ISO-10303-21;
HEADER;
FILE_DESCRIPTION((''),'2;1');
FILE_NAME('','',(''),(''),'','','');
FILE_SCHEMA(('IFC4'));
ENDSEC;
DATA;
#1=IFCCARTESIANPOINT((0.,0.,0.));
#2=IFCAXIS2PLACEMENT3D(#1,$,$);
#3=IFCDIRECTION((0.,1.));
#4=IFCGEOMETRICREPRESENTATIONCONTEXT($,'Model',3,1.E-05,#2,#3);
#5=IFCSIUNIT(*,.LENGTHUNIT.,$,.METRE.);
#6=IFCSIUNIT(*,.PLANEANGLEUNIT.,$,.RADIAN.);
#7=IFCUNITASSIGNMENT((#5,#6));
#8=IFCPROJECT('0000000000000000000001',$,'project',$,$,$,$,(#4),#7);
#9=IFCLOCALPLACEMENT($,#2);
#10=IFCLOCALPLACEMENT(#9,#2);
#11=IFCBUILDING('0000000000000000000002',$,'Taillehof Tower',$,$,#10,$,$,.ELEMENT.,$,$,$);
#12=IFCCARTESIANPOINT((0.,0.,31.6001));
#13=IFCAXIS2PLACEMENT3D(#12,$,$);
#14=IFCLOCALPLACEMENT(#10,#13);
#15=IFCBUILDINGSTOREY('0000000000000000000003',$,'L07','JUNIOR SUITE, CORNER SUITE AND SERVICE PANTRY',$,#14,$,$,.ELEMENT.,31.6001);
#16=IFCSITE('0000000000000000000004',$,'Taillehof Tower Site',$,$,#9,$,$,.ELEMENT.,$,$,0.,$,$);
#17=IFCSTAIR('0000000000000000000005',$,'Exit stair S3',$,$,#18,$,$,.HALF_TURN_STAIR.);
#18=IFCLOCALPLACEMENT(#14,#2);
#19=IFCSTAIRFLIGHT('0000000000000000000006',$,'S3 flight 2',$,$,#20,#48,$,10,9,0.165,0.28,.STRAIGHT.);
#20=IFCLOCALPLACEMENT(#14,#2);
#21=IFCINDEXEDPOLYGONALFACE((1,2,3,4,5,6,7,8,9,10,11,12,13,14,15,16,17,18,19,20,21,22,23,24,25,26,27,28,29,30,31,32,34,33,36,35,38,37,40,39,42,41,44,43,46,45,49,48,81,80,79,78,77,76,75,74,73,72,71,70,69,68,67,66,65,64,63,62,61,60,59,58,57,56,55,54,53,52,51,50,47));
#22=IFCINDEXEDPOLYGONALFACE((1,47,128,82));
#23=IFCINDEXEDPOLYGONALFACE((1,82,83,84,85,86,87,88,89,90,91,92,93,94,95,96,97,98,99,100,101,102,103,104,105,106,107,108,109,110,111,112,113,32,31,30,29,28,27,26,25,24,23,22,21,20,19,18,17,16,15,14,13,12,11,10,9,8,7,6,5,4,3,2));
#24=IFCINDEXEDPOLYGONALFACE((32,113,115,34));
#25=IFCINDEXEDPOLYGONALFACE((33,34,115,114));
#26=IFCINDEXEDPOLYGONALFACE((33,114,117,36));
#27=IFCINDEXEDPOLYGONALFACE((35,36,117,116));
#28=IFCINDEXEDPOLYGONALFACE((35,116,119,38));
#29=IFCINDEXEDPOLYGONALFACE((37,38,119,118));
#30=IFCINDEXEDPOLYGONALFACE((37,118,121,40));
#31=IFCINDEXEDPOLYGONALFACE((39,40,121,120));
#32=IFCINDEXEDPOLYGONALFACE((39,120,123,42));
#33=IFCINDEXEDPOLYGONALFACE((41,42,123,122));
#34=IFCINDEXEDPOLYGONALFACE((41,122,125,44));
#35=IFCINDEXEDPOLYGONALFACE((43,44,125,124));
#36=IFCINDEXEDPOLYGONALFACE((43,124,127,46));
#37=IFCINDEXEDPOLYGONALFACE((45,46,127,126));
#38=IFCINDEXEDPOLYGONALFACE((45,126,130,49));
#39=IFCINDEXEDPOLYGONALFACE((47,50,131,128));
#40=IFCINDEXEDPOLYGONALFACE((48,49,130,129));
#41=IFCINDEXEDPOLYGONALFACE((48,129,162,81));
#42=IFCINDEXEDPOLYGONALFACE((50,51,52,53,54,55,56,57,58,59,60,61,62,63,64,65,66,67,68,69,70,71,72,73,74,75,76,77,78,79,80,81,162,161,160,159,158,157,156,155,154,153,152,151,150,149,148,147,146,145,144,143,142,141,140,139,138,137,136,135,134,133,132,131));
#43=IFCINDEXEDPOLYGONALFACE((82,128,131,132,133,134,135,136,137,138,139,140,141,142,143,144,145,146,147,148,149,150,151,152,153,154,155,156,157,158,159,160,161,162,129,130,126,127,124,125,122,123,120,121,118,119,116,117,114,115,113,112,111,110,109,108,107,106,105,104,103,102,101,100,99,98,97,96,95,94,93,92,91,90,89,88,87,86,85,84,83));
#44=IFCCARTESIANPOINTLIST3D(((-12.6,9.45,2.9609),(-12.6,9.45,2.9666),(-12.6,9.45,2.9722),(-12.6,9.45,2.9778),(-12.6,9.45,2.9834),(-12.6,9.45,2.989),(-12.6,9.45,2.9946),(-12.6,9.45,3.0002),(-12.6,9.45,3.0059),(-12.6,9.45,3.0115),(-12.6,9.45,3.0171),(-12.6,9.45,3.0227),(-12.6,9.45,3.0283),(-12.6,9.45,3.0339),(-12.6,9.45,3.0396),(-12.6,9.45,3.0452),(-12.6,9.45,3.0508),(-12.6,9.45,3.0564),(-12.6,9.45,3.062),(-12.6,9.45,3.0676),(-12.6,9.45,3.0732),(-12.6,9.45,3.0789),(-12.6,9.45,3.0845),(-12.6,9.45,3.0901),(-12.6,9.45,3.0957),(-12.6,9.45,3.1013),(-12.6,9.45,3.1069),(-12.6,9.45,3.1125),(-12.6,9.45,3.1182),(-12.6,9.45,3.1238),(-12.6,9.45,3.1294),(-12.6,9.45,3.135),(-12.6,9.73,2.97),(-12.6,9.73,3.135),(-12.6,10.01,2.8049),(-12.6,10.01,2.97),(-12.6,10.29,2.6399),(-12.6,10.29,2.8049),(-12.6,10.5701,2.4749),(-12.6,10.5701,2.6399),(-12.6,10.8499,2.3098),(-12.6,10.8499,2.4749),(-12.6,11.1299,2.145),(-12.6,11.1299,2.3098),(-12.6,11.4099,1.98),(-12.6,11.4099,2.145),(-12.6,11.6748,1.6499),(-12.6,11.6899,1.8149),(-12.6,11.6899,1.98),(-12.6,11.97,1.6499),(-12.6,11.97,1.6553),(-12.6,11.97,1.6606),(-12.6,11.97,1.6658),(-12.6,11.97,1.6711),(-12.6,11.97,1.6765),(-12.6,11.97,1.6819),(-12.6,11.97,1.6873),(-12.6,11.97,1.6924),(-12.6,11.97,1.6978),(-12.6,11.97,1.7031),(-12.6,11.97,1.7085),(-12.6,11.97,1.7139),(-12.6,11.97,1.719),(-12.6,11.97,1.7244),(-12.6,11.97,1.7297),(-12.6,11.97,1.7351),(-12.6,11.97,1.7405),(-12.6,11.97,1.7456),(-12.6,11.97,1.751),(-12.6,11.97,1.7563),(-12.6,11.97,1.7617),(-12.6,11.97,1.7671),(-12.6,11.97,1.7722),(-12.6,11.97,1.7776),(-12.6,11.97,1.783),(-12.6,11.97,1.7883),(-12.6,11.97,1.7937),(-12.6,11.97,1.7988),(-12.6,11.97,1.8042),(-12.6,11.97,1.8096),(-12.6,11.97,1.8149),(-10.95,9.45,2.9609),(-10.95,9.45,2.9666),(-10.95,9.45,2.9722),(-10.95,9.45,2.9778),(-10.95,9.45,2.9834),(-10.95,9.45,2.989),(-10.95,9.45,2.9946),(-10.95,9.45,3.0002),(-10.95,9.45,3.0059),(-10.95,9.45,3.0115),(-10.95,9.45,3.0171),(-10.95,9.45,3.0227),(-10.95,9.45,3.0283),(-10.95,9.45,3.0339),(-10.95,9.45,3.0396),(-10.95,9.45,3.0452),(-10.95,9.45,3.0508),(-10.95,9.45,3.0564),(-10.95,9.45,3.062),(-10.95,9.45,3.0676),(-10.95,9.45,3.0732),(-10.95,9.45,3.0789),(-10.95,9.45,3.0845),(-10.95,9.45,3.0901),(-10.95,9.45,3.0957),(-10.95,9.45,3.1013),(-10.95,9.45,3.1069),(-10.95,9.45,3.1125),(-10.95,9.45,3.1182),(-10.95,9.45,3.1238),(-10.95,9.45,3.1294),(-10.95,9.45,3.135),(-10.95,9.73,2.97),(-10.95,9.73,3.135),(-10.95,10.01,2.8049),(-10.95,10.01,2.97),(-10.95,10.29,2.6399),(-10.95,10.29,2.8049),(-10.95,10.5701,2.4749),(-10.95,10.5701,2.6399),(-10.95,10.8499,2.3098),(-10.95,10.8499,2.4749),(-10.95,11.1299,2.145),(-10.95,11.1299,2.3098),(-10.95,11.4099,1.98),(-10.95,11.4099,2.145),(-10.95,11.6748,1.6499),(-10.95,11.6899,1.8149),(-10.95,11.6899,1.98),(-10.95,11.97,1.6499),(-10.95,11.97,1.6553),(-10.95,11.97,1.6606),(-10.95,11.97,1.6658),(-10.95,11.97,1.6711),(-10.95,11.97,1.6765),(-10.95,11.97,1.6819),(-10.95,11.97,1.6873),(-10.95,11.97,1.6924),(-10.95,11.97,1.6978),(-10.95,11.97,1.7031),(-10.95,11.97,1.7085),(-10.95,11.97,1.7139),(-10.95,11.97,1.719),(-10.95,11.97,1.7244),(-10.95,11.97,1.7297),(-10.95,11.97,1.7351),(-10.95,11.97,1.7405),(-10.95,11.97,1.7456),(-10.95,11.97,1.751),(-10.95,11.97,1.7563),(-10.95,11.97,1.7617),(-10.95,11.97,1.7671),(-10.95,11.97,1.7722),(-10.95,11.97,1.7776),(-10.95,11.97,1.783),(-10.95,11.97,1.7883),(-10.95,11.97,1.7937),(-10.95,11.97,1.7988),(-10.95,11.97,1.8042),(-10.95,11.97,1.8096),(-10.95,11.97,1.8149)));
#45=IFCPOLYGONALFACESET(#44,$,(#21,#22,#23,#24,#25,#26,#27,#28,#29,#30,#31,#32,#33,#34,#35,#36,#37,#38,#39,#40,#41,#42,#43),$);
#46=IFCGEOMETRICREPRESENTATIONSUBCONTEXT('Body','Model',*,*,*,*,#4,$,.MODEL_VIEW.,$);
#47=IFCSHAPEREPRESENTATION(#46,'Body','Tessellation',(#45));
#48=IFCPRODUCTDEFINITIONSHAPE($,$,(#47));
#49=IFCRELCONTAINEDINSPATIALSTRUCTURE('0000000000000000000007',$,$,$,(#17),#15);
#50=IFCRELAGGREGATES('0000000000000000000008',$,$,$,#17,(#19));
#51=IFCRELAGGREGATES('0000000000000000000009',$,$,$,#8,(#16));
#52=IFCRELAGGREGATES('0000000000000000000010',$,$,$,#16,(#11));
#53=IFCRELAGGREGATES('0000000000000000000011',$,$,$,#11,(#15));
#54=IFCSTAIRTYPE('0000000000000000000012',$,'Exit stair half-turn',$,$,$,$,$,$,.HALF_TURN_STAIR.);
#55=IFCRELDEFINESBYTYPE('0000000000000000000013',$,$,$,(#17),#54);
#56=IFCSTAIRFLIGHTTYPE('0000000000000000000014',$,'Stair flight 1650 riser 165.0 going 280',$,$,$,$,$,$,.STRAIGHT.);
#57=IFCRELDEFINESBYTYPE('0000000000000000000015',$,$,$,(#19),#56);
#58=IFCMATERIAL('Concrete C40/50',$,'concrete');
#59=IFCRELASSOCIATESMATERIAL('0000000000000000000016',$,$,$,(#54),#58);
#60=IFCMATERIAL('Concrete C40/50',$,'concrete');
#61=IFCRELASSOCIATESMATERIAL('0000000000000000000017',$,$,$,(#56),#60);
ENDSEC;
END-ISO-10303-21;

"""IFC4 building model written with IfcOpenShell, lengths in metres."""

from ifc_helpers import new_model, si_unit, direction, frame, origin, place, context, subcontext, project, spatial, polyline, outline, extrude, material, type_object, element, aggregate, save


model = new_model("IFC4")

# Units and contexts
model_context = context("Model", 3, precision=1e-05, world=origin(), true_north=direction((0.0, 1.0)))
body_context = subcontext(model_context, "Body", "Model", "MODEL_VIEW")
ifc_project = project(units=[si_unit("LENGTHUNIT", "METRE"), si_unit("PLANEANGLEUNIT", "RADIAN")], contexts=[model_context])

# Site, building, storey
site_placement = place(None, origin())
site = spatial("IfcSite", under=ifc_project, at=site_placement, Name="Taillehof Tower Site", CompositionType="ELEMENT", RefElevation=0.0)
building_placement = place(site_placement, origin())
building = spatial("IfcBuilding", under=site, at=building_placement, Name="Taillehof Tower", CompositionType="ELEMENT")
storey_placement = place(building_placement, frame((0.0, 0.0, 31.6001)))
storey = spatial("IfcBuildingStorey", under=building, at=storey_placement, Name="L07", Description="JUNIOR SUITE, CORNER SUITE AND SERVICE PANTRY", CompositionType="ELEMENT", Elevation=31.6001)

# Stair, stair flight
ifc_material_1 = material(Name="Concrete C40/50", Category="concrete")
stair_type = type_object("IfcStairType", Name="Exit stair half-turn", PredefinedType="HALF_TURN_STAIR", material=ifc_material_1)
stair_placement = place(storey_placement, origin())
stair = element("IfcStair", 1, at=stair_placement, inside=storey, type_object=stair_type, Name="Exit stair S3", PredefinedType="HALF_TURN_STAIR")
ifc_material_2 = material(Name="Concrete C40/50", Category="concrete")
stair_flight_type = type_object("IfcStairFlightType", Name="Stair flight 1650 riser 165.0 going 280", PredefinedType="STRAIGHT", material=ifc_material_2)
stair_flight_1_placement = place(storey_placement, frame((-11.7749, 11.97, 1.6499), z_axis=(0.0, 0.0, 1.0), x_axis=(0.0, -1.0, 0.0)))
stair_flight_1 = element("IfcStairFlight", 2, at=stair_flight_1_placement, type_object=stair_flight_type, Name="S3 flight 2", NumberOfRisers=10, NumberOfTreads=9, PredefinedType="STRAIGHT", RiserHeight=0.165, TreadLength=0.28, context=body_context, shape_type="SweptSolid", body=[
    extrude(outline(polyline([(0.0, 0.0), (0.0, 0.0054), (0.0, 0.0107), (0.0, 0.0159), (0.0, 0.0212), (0.0, 0.0266), (0.0, 0.032), (0.0, 0.0374), (0.0, 0.0425), (0.0, 0.0479), (0.0, 0.0532), (0.0, 0.0586), (0.0, 0.064), (0.0, 0.0691), (0.0, 0.0745), (0.0, 0.0798), (0.0, 0.0852), (0.0, 0.0906), (0.0, 0.0957), (0.0, 0.1011), (0.0, 0.1064), (0.0, 0.1118), (0.0, 0.1172), (0.0, 0.1223), (0.0, 0.1277), (0.0, 0.1331), (0.0, 0.1384), (0.0, 0.1438), (0.0, 0.1489), (0.0, 0.1543), (0.0, 0.1597), (0.0, 0.165), (0.28, 0.165), (0.28, 0.3301), (0.5601, 0.3301), (0.5601, 0.4951), (0.8401, 0.4951), (0.8401, 0.6599), (1.1201, 0.6599), (1.1201, 0.825), (1.3999, 0.825), (1.3999, 0.99), (1.6799, 0.99), (1.6799, 1.155), (1.96, 1.155), (1.96, 1.3201), (2.24, 1.3201), (2.24, 1.4851), (2.52, 1.4851), (2.52, 1.4795), (2.52, 1.4739), (2.52, 1.4683), (2.52, 1.4626), (2.52, 1.457), (2.52, 1.4514), (2.52, 1.4458), (2.52, 1.4402), (2.52, 1.4346), (2.52, 1.429), (2.52, 1.4233), (2.52, 1.4177), (2.52, 1.4121), (2.52, 1.4065), (2.52, 1.4009), (2.52, 1.3953), (2.52, 1.3896), (2.52, 1.384), (2.52, 1.3784), (2.52, 1.3728), (2.52, 1.3672), (2.52, 1.3616), (2.52, 1.356), (2.52, 1.3503), (2.52, 1.3447), (2.52, 1.3391), (2.52, 1.3335), (2.52, 1.3279), (2.52, 1.3223), (2.52, 1.3167), (2.52, 1.311), (0.2952, 0.0), (0.0, 0.0)])), frame((0.0, 0.825, 0.0), z_axis=(0.0, -1.0, 0.0), x_axis=(1.0, 0.0, 0.0)), (0.0, 0.0, 1.0), 1.65),
])
aggregate(stair, [stair_flight_1])

save(model, "model.ifc")
